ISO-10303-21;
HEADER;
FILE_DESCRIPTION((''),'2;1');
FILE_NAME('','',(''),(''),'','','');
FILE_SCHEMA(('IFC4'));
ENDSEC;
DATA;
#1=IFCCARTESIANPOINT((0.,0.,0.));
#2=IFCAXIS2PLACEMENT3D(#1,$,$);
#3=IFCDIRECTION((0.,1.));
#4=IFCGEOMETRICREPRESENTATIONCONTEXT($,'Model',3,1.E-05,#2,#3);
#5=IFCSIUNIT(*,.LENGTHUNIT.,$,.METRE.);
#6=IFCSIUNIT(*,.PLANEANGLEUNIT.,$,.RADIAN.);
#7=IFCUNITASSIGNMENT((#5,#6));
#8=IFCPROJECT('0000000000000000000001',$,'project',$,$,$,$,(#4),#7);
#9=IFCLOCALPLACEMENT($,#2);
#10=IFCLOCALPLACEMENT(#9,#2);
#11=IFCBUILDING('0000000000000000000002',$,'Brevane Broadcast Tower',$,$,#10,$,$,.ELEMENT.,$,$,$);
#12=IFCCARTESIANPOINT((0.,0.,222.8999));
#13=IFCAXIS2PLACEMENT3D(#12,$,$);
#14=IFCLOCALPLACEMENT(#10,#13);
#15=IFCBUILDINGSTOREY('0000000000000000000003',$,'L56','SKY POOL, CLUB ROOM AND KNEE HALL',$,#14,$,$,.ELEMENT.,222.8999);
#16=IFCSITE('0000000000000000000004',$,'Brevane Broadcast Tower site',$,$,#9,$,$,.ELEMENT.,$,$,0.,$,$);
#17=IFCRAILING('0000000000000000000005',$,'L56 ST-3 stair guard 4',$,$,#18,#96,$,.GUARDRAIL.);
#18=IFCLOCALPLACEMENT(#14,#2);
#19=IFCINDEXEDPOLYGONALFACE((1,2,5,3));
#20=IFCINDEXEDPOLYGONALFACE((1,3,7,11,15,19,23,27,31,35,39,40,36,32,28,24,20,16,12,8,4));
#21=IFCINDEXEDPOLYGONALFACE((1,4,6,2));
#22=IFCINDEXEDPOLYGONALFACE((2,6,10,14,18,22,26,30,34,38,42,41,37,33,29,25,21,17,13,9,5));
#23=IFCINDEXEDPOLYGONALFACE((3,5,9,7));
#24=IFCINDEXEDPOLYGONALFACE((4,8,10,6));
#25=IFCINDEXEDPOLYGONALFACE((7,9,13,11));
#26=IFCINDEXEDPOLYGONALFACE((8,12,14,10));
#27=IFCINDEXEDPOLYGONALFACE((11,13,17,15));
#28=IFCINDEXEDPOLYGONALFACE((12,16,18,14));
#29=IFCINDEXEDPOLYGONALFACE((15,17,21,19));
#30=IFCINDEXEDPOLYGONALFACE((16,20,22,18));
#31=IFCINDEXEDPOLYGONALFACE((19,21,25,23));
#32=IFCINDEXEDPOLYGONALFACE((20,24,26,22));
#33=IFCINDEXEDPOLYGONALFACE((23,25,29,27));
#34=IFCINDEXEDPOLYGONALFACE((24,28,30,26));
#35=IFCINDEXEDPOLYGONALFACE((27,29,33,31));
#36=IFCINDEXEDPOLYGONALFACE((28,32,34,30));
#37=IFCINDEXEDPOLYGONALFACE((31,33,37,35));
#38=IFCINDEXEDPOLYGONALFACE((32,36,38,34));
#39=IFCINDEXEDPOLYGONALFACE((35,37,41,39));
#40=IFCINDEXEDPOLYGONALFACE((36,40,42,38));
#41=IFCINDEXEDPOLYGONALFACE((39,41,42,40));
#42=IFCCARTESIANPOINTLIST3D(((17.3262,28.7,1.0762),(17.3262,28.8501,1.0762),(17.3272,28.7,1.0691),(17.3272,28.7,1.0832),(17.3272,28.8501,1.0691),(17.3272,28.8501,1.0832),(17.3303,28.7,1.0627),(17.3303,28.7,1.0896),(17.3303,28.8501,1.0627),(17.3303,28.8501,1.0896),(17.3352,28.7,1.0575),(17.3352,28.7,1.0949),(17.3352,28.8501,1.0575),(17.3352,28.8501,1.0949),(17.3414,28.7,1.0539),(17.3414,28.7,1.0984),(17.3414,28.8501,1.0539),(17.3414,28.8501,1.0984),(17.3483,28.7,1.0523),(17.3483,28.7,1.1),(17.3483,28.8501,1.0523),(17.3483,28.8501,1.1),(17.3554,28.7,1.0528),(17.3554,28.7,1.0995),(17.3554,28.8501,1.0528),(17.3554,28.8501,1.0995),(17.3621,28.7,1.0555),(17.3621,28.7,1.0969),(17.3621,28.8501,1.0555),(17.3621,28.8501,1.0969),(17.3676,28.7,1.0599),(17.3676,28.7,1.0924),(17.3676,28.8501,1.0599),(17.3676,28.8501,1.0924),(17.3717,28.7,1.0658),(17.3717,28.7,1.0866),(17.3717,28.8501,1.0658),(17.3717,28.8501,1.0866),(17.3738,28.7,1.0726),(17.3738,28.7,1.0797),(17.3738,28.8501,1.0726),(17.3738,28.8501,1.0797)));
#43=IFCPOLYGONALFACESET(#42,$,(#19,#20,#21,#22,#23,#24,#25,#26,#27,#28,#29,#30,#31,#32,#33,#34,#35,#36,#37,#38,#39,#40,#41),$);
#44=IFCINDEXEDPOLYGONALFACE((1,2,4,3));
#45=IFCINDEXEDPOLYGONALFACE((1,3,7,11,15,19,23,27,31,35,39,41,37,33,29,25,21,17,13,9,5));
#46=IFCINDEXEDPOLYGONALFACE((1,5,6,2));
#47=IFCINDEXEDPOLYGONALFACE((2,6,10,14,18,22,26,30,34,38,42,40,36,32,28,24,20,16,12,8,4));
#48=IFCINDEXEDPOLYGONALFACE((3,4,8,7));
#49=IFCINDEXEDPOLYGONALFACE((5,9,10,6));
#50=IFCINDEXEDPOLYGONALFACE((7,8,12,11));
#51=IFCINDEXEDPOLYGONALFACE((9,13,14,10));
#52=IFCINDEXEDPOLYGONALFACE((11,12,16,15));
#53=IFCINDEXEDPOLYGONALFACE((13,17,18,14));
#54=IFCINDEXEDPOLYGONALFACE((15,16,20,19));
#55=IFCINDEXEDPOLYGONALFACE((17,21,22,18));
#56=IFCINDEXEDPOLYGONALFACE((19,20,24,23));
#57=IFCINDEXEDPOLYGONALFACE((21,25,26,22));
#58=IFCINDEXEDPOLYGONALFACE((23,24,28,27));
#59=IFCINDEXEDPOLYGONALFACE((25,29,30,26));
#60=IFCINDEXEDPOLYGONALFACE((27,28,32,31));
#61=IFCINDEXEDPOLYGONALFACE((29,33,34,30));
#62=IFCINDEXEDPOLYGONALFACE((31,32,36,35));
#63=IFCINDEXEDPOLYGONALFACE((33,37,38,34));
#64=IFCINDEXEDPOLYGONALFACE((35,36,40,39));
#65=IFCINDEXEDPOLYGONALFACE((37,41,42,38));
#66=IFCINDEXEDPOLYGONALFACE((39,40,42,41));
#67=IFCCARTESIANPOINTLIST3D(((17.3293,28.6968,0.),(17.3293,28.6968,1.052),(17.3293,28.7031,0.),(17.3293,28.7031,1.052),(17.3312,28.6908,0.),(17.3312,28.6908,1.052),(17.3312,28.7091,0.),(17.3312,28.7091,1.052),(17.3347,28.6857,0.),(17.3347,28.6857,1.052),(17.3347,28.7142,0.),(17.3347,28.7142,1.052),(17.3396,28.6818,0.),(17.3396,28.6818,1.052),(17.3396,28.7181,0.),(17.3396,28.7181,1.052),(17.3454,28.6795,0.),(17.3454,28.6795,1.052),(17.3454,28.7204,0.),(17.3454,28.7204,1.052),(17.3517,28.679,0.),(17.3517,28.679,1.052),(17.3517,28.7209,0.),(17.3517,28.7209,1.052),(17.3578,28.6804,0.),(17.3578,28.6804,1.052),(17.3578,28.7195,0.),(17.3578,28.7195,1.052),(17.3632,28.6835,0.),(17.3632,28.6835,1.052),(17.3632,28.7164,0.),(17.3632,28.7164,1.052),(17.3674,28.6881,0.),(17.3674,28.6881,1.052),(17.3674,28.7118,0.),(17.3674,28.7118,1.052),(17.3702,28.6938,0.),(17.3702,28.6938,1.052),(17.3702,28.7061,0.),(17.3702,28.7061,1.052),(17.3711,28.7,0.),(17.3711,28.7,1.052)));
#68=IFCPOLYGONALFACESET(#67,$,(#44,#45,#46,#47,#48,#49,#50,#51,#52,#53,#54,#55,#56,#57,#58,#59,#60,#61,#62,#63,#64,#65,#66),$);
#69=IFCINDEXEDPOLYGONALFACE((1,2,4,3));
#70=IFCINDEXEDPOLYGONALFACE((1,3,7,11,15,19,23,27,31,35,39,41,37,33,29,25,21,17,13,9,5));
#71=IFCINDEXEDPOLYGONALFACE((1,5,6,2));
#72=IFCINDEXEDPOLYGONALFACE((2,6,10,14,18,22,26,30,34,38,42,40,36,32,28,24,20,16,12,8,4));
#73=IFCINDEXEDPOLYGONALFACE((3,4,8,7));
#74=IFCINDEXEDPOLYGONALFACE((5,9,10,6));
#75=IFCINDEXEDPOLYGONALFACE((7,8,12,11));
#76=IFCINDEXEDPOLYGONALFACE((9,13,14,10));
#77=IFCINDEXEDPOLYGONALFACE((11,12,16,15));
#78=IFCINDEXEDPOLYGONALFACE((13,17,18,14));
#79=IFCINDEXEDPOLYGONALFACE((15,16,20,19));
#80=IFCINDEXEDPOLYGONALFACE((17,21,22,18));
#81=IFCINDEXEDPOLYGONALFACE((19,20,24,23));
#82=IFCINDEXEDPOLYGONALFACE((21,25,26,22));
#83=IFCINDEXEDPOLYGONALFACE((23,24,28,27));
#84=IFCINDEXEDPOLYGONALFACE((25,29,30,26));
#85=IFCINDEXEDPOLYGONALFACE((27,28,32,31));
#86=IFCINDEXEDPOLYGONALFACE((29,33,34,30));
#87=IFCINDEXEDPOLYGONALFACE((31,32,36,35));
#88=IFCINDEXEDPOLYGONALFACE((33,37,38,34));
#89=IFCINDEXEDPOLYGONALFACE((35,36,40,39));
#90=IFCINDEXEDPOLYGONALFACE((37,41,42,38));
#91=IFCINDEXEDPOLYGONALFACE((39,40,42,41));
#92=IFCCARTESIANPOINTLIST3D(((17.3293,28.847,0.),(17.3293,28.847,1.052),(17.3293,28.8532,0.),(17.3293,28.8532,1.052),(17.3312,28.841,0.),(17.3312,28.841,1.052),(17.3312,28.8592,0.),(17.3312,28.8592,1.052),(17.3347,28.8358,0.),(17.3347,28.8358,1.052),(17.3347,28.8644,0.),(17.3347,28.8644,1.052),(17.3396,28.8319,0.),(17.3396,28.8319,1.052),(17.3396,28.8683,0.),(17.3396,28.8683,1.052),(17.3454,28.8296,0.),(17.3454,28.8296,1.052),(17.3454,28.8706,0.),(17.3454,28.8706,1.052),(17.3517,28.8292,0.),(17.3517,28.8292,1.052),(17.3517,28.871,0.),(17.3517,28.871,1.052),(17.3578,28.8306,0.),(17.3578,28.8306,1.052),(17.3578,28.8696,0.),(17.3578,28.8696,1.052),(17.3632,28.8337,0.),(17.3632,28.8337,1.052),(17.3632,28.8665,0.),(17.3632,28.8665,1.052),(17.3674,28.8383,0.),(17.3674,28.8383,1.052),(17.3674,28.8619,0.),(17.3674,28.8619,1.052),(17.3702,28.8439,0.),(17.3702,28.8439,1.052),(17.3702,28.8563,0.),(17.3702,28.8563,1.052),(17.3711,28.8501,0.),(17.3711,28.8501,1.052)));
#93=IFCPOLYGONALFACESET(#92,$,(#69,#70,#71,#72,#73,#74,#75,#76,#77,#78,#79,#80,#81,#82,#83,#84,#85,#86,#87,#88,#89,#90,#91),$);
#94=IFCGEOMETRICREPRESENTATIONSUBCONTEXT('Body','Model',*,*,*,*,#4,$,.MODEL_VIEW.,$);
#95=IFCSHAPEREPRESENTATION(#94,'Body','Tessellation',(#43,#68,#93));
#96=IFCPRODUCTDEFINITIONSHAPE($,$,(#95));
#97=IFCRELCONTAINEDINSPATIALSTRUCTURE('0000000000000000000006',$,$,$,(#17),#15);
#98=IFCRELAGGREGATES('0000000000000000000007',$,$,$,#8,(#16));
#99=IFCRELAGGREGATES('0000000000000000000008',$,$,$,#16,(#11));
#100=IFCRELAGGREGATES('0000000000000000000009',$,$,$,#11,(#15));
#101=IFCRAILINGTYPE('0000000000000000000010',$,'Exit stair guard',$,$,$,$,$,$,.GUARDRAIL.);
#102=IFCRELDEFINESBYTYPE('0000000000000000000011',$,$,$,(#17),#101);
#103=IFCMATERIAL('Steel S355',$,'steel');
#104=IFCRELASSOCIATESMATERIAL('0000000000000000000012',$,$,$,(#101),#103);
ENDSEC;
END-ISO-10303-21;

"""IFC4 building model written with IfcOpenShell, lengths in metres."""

from ifc_helpers import new_model, si_unit, direction, frame, origin, origin_2d, place, context, subcontext, project, spatial, circle, extrude, material, type_object, element, save


model = new_model("IFC4")

# Units and contexts
model_context = context("Model", 3, precision=1e-05, world=origin(), true_north=direction((0.0, 1.0)))
body_context = subcontext(model_context, "Body", "Model", "MODEL_VIEW")
ifc_project = project(units=[si_unit("LENGTHUNIT", "METRE"), si_unit("PLANEANGLEUNIT", "RADIAN")], contexts=[model_context])

# Site, building, storey
site_placement = place(None, origin())
site = spatial("IfcSite", under=ifc_project, at=site_placement, Name="Brevane Broadcast Tower site", CompositionType="ELEMENT", RefElevation=0.0)
building_placement = place(site_placement, origin())
building = spatial("IfcBuilding", under=site, at=building_placement, Name="Brevane Broadcast Tower", CompositionType="ELEMENT")
storey_placement = place(building_placement, frame((0.0, 0.0, 222.8999)))
storey = spatial("IfcBuildingStorey", under=building, at=storey_placement, Name="L56", Description="SKY POOL, CLUB ROOM AND KNEE HALL", CompositionType="ELEMENT", Elevation=222.8999)

# Railing
ifc_material_1 = material(Name="Steel S355", Category="steel")
railing_type = type_object("IfcRailingType", Name="Exit stair guard", PredefinedType="GUARDRAIL", material=ifc_material_1)
railing_placement = place(storey_placement, frame((17.3501, 28.7, 0.0)))
element("IfcRailing", 1, at=railing_placement, inside=storey, type_object=railing_type, Name="L56 ST-3 stair guard 4", PredefinedType="GUARDRAIL", context=body_context, shape_type="SweptSolid", body=[
    extrude(circle(Radius=0.0239, at=origin_2d()), frame((0.0, 0.0, 1.0762), z_axis=(0.0, 1.0, 0.0), x_axis=(-1.0, 0.0, 0.0)), (0.0, 0.0, 1.0), 0.1501),
    extrude(circle(Radius=0.021, at=origin_2d()), origin(), (0.0, 0.0, 1.0), 1.052),
    extrude(circle(Radius=0.021, at=origin_2d()), frame((0.0, 0.1501, 0.0)), (0.0, 0.0, 1.0), 1.052),
])

save(model, "model.ifc")
